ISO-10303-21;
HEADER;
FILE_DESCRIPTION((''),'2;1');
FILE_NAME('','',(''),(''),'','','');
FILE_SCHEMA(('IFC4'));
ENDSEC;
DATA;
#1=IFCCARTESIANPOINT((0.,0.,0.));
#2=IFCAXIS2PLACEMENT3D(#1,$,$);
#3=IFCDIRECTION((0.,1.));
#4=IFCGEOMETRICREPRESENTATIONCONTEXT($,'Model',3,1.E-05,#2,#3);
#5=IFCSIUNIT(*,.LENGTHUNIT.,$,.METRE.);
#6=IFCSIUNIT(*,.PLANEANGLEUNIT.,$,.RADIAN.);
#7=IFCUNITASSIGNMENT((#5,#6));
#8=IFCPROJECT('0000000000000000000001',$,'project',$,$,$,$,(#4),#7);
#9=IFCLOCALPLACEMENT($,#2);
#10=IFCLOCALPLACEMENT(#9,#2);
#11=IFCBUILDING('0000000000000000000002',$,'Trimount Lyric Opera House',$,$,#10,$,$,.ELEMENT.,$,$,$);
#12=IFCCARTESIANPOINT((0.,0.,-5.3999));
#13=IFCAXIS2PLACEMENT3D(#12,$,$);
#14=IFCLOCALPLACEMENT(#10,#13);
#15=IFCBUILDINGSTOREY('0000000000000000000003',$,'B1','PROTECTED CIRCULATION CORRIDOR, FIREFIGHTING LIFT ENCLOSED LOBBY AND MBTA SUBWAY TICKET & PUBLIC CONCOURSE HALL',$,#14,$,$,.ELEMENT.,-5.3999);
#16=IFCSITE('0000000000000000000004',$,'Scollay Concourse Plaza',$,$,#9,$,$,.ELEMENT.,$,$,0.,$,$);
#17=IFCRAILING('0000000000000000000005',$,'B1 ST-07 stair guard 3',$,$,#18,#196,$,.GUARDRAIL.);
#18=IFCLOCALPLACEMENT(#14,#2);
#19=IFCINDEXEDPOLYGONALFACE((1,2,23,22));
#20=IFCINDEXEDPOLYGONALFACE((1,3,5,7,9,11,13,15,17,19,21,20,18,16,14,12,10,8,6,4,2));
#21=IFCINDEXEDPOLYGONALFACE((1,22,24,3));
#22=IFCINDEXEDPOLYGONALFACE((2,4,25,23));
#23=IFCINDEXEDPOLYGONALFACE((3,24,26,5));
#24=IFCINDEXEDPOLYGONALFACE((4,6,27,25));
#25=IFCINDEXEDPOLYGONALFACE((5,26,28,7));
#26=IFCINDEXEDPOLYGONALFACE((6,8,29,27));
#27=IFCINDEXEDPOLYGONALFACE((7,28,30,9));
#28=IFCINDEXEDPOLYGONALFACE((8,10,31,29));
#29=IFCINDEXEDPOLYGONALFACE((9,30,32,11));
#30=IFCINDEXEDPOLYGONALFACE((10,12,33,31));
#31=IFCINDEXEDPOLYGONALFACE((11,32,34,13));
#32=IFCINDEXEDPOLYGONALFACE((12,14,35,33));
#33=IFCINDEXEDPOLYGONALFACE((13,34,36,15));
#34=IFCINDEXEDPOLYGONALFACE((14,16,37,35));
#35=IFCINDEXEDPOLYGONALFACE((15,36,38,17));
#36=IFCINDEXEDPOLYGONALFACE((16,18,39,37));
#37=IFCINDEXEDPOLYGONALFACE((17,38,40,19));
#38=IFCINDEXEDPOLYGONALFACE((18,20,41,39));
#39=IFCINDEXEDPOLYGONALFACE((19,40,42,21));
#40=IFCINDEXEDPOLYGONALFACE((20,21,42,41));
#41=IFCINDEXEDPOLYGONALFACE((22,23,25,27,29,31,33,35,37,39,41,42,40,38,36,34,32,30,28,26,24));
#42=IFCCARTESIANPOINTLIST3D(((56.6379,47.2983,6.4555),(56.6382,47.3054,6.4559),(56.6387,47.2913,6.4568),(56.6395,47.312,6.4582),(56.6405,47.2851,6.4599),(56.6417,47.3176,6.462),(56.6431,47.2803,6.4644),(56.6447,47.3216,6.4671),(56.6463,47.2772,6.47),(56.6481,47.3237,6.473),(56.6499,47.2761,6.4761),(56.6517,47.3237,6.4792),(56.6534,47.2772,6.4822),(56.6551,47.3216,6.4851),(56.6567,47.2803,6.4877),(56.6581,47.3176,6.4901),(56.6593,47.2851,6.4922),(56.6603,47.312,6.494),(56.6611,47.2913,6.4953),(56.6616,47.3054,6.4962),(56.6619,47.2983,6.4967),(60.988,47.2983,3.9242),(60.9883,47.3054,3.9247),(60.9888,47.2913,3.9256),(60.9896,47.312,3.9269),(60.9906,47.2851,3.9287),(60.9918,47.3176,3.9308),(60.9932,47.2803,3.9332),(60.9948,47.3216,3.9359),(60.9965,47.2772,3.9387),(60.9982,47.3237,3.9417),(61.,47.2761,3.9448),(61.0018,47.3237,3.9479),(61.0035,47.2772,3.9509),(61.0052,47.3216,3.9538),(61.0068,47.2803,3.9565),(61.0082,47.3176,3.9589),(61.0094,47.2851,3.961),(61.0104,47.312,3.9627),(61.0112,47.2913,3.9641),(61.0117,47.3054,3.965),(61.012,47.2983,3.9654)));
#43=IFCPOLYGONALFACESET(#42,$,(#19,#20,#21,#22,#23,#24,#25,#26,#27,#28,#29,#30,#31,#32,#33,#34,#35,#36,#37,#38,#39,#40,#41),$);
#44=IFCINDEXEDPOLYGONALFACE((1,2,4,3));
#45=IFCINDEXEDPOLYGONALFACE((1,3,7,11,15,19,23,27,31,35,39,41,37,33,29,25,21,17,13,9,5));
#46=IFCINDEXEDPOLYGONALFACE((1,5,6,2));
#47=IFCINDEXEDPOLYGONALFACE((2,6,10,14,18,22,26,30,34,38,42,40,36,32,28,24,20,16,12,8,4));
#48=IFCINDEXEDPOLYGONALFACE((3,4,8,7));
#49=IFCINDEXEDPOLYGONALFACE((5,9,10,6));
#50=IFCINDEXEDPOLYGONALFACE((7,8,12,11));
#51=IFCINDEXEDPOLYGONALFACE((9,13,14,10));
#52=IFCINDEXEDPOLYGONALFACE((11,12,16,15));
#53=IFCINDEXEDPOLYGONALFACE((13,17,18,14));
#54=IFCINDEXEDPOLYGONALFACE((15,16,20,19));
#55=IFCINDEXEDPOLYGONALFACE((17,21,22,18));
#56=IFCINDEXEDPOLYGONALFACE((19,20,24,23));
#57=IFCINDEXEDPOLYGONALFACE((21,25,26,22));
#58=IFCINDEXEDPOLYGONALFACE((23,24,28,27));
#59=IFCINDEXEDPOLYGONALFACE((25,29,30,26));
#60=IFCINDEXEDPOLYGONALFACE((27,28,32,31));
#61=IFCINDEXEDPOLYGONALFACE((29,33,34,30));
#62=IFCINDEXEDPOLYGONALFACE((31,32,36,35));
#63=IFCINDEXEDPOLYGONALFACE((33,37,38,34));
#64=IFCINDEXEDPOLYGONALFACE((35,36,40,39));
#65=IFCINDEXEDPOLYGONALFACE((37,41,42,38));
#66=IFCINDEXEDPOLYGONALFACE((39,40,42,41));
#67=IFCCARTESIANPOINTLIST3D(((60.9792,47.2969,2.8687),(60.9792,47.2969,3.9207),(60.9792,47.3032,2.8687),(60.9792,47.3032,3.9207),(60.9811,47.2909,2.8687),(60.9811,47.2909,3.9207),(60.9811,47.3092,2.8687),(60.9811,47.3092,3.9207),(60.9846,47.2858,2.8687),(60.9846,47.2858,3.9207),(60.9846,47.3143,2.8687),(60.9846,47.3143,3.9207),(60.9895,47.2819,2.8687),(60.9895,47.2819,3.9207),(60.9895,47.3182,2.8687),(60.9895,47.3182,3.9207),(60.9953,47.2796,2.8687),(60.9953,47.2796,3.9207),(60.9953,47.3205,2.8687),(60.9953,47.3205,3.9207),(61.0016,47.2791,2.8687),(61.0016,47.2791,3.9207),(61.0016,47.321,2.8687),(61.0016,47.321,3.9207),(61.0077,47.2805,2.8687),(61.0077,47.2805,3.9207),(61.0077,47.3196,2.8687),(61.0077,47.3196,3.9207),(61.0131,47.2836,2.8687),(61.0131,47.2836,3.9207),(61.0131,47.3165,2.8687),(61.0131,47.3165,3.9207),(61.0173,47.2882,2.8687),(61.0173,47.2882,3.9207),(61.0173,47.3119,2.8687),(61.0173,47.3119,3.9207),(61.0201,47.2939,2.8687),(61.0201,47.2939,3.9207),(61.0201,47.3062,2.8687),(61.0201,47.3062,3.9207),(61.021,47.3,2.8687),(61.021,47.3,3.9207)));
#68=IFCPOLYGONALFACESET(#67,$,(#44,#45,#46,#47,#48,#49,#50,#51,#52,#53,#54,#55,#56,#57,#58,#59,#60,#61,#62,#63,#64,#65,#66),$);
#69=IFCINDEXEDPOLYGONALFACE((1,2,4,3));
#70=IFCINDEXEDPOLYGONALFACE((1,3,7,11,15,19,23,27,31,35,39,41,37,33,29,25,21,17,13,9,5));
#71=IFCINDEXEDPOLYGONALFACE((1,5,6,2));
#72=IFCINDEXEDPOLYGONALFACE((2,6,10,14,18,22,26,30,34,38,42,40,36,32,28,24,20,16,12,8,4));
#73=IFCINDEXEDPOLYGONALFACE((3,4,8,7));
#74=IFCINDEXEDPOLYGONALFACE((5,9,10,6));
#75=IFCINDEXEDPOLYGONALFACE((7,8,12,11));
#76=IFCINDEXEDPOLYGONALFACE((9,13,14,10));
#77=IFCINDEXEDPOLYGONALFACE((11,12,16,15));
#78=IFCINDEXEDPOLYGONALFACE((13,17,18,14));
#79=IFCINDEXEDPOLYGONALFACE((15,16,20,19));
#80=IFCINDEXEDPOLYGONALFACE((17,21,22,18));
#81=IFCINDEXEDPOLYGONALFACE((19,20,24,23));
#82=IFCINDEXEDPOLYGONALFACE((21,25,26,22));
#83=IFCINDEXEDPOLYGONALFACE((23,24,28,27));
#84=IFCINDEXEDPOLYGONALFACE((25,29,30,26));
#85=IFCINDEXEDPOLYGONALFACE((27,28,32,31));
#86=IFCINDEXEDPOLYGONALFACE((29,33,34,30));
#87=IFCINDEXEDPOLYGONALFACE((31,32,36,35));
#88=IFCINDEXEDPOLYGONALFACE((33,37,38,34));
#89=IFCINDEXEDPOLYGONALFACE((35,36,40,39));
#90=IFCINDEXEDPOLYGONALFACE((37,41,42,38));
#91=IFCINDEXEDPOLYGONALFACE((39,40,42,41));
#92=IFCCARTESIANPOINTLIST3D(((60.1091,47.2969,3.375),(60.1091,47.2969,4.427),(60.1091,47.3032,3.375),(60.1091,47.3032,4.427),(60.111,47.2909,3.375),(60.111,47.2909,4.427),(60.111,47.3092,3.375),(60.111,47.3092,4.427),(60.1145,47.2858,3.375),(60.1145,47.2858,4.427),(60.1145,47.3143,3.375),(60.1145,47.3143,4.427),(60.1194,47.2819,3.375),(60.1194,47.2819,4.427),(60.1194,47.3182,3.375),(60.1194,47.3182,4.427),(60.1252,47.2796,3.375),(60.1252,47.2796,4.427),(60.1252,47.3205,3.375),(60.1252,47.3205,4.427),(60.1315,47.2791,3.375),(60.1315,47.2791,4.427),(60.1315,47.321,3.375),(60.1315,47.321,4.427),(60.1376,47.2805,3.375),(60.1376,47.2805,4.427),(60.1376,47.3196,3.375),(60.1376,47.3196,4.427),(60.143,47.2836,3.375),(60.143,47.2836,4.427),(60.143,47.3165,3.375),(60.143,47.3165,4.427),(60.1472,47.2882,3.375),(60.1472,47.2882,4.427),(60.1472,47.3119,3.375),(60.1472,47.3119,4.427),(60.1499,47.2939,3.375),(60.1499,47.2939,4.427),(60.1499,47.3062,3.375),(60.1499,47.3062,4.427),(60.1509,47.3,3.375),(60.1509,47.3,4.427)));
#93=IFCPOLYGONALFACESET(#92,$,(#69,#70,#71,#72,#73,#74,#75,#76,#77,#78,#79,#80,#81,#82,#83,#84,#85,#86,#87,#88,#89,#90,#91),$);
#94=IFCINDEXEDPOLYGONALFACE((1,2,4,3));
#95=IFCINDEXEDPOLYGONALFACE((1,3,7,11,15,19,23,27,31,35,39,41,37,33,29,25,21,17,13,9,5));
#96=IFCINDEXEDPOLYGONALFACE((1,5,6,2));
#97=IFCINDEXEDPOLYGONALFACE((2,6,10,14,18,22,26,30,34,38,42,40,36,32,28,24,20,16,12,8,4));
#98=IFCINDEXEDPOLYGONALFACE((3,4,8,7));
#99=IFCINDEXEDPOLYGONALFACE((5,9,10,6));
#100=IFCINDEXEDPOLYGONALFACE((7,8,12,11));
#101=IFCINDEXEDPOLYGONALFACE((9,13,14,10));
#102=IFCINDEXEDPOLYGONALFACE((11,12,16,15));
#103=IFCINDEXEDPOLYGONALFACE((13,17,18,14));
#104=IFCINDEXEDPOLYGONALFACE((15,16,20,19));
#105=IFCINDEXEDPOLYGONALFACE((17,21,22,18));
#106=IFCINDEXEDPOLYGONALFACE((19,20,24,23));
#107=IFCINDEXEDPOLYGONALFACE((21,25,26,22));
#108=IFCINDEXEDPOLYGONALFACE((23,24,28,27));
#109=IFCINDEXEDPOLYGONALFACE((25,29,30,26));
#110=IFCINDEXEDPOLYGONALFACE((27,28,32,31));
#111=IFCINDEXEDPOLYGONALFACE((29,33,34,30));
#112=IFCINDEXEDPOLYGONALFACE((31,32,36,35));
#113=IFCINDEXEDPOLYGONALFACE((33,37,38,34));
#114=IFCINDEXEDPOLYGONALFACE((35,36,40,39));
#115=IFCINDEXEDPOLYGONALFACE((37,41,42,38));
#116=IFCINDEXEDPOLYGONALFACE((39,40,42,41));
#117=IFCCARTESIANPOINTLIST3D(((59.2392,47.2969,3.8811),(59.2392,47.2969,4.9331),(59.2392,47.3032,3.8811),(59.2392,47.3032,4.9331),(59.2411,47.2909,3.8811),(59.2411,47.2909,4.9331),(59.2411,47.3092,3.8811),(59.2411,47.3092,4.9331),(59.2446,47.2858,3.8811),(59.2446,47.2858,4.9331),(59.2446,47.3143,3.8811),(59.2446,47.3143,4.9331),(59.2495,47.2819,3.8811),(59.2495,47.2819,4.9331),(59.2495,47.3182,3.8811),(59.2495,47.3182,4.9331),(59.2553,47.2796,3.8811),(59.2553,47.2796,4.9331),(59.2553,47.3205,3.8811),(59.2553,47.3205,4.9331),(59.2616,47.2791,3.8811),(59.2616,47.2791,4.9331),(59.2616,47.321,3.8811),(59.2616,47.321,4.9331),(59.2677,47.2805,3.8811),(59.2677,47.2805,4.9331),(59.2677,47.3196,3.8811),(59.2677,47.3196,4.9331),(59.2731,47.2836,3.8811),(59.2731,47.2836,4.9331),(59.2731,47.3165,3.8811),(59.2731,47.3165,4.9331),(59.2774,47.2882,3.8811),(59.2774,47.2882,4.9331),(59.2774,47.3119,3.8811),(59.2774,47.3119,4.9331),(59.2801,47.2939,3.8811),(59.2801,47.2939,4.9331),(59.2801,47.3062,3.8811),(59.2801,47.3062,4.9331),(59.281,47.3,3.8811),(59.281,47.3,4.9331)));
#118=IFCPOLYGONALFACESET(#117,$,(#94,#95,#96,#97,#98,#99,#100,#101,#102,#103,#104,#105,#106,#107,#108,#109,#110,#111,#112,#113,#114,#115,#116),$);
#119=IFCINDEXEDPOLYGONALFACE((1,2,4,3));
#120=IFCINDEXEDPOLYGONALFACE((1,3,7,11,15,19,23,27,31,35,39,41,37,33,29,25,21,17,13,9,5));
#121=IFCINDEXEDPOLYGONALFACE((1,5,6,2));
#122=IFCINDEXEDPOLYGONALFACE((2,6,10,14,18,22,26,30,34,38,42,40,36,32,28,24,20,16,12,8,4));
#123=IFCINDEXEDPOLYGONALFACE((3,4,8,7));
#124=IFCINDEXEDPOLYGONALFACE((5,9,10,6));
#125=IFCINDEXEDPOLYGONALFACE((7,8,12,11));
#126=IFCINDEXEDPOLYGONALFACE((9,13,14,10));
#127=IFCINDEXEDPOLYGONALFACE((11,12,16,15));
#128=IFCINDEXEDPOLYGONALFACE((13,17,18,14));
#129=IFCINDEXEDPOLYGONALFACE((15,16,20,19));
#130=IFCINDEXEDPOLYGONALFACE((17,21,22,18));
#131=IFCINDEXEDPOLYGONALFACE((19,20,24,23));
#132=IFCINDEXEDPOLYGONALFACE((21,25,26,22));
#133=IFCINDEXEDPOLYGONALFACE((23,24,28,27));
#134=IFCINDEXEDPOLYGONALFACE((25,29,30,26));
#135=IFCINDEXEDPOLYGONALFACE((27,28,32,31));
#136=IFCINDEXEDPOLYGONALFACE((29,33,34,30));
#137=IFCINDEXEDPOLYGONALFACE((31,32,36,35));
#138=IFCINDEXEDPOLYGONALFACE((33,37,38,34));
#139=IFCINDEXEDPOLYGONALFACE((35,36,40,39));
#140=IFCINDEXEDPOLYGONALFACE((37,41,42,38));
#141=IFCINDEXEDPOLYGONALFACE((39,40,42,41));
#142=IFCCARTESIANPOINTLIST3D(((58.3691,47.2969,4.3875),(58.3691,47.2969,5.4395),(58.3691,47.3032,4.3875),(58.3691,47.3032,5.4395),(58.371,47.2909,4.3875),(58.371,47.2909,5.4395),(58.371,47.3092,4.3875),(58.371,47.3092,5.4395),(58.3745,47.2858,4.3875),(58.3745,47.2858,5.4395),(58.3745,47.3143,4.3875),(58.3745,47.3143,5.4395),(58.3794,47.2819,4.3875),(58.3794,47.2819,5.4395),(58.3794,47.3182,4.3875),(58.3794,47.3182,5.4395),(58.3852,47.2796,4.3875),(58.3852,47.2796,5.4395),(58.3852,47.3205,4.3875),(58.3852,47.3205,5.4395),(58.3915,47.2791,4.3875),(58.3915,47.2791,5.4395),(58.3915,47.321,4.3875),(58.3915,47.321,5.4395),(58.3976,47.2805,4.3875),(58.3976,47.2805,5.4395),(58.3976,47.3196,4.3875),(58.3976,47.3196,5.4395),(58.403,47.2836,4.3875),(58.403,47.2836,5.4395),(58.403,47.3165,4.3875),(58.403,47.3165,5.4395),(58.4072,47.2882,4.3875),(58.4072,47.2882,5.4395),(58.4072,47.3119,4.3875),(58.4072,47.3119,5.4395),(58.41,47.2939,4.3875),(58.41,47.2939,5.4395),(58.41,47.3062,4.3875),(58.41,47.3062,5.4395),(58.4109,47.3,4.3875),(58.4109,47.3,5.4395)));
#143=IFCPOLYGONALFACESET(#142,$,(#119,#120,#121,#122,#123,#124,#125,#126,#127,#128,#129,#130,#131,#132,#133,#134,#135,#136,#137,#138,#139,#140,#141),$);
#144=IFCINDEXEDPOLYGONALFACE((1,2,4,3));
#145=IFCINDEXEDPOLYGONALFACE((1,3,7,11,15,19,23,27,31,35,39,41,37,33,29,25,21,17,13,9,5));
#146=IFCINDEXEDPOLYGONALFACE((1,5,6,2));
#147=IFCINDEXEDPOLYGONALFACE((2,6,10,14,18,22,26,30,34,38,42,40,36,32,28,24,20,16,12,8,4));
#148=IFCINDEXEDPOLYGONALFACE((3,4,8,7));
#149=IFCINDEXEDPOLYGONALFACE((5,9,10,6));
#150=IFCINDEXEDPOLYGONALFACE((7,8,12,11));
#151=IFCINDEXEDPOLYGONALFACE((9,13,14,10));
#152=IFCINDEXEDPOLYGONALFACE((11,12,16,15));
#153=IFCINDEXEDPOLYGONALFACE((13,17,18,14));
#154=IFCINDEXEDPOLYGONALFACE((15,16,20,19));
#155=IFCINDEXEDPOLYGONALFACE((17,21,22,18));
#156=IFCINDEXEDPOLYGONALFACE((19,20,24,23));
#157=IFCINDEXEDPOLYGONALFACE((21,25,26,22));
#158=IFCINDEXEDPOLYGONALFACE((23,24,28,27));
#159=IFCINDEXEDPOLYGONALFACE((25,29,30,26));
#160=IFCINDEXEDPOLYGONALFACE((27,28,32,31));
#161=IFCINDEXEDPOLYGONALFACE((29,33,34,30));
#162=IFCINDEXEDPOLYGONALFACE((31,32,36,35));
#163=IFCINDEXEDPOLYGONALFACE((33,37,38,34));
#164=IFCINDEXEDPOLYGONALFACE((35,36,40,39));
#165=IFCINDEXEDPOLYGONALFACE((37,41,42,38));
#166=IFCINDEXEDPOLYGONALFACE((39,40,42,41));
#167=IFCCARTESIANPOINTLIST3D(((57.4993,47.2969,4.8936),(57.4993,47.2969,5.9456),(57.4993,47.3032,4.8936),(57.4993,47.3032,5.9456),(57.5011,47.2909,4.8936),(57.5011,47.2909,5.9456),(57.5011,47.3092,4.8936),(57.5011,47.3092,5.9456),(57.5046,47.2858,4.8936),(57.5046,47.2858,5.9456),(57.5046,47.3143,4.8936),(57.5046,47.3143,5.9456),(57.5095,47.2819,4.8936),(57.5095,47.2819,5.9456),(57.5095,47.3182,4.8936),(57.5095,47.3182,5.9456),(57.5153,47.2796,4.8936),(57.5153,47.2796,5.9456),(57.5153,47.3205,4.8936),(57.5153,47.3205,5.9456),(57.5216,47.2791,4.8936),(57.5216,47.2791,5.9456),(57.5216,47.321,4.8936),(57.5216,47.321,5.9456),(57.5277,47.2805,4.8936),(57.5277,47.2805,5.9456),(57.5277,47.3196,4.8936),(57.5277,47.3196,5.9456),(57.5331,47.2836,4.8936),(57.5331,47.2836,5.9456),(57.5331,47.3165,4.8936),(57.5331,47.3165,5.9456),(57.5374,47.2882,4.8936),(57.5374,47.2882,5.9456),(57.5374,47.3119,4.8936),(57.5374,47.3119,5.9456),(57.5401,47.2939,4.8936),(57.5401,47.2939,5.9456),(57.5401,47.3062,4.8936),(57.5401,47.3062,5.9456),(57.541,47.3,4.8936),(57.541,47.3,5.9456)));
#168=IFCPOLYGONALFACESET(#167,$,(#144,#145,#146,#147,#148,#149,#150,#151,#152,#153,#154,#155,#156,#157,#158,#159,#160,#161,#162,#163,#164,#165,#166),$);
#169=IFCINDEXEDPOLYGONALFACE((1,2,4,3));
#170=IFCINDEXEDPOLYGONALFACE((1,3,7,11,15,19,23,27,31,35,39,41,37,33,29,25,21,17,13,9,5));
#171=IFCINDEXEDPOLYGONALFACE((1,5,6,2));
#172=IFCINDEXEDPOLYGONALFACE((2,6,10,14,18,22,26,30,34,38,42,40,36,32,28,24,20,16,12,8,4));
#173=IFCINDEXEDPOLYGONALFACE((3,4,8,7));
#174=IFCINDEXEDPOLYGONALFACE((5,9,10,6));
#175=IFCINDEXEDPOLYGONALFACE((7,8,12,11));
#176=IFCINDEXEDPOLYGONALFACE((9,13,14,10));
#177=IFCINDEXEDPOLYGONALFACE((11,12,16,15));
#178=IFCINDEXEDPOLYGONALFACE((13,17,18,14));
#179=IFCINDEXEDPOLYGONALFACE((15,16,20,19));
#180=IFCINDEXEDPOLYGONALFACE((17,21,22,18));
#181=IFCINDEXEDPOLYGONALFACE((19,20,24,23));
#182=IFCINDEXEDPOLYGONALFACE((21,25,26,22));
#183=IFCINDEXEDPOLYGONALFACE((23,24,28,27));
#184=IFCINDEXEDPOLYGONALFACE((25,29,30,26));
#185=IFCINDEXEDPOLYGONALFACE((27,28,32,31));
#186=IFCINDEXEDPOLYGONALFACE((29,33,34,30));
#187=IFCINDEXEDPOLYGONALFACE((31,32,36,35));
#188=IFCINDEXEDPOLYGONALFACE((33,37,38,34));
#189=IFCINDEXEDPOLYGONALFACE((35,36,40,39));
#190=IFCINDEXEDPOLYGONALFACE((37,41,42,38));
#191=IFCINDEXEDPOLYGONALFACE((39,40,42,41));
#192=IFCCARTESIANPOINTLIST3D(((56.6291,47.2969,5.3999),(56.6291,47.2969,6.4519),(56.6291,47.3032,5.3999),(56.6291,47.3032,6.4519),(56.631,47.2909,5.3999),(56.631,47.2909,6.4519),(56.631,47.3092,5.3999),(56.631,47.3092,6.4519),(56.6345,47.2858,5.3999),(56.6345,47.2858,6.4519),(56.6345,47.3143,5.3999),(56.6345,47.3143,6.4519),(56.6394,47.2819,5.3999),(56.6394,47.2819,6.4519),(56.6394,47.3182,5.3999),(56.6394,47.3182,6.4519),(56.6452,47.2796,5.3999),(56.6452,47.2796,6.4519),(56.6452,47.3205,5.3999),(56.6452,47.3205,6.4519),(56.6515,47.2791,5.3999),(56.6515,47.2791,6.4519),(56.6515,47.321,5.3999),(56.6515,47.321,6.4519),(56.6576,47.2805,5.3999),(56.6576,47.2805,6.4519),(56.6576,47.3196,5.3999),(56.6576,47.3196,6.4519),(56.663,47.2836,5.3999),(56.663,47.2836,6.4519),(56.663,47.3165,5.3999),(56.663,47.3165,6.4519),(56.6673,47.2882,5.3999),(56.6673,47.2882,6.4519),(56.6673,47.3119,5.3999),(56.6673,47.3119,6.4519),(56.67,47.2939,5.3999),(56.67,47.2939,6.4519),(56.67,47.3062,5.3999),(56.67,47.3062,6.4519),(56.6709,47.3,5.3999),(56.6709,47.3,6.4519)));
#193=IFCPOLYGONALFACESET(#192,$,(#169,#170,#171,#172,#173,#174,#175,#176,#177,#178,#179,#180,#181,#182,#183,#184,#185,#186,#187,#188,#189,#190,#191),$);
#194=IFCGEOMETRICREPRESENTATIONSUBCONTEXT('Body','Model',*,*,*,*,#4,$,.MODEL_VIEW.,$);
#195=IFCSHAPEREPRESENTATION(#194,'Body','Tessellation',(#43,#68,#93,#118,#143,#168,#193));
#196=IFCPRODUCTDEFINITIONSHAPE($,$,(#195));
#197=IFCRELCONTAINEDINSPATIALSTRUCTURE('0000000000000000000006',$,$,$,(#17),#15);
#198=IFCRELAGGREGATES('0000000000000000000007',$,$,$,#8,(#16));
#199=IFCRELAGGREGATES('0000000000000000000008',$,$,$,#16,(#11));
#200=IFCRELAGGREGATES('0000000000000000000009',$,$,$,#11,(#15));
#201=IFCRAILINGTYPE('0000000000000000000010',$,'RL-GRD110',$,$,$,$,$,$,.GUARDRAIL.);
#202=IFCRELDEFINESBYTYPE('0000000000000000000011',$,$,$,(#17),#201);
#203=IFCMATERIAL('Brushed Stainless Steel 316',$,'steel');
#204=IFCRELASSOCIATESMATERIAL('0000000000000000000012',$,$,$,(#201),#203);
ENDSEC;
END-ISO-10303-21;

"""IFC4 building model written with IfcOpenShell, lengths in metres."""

from ifc_helpers import new_model, si_unit, direction, frame, origin, origin_2d, place, context, subcontext, project, spatial, circle, extrude, material, type_object, element, save


model = new_model("IFC4")

# Units and contexts
model_context = context("Model", 3, precision=1e-05, world=origin(), true_north=direction((0.0, 1.0)))
body_context = subcontext(model_context, "Body", "Model", "MODEL_VIEW")
ifc_project = project(units=[si_unit("LENGTHUNIT", "METRE"), si_unit("PLANEANGLEUNIT", "RADIAN")], contexts=[model_context])

# Site, building, storey
site_placement = place(None, origin())
site = spatial("IfcSite", under=ifc_project, at=site_placement, Name="Scollay Concourse Plaza", CompositionType="ELEMENT", RefElevation=0.0)
building_placement = place(site_placement, origin())
building = spatial("IfcBuilding", under=site, at=building_placement, Name="Trimount Lyric Opera House", CompositionType="ELEMENT")
storey_placement = place(building_placement, frame((0.0, 0.0, -5.3999)))
storey = spatial("IfcBuildingStorey", under=building, at=storey_placement, Name="B1", Description="PROTECTED CIRCULATION CORRIDOR, FIREFIGHTING LIFT ENCLOSED LOBBY AND MBTA SUBWAY TICKET & PUBLIC CONCOURSE HALL", CompositionType="ELEMENT", Elevation=-5.3999)

# Railing
ifc_material_1 = material(Name="Brushed Stainless Steel 316", Category="steel")
railing_type_1 = type_object("IfcRailingType", Name="RL-GRD110", PredefinedType="GUARDRAIL", material=ifc_material_1)
railing_1_placement = place(storey_placement, frame((61.0, 47.3, 2.8687)))
element("IfcRailing", 1, at=railing_1_placement, inside=storey, type_object=railing_type_1, Name="B1 ST-07 stair guard 3", PredefinedType="GUARDRAIL", context=body_context, shape_type="SweptSolid", body=[
    extrude(circle(Radius=0.0239, at=origin_2d()), frame((0.0, 0.0, 1.0762), z_axis=(-0.864324, 0.0, 0.502936), x_axis=(0.0, -1.0, 0.0)), (0.0, 0.0, 1.0), 5.033),
    extrude(circle(Radius=0.021, at=origin_2d()), origin(), (0.0, 0.0, 1.0), 1.052),
    extrude(circle(Radius=0.021, at=origin_2d()), frame((-0.8701, 0.0, 0.5063)), (0.0, 0.0, 1.0), 1.052),
    extrude(circle(Radius=0.021, at=origin_2d()), frame((-1.74, 0.0, 1.0125)), (0.0, 0.0, 1.0), 1.052),
    extrude(circle(Radius=0.021, at=origin_2d()), frame((-2.6101, 0.0, 1.5188)), (0.0, 0.0, 1.0), 1.052),
    extrude(circle(Radius=0.021, at=origin_2d()), frame((-3.48, 0.0, 2.0249)), (0.0, 0.0, 1.0), 1.052),
    extrude(circle(Radius=0.021, at=origin_2d()), frame((-4.3501, 0.0, 2.5312)), (0.0, 0.0, 1.0), 1.052),
])

save(model, "model.ifc")
